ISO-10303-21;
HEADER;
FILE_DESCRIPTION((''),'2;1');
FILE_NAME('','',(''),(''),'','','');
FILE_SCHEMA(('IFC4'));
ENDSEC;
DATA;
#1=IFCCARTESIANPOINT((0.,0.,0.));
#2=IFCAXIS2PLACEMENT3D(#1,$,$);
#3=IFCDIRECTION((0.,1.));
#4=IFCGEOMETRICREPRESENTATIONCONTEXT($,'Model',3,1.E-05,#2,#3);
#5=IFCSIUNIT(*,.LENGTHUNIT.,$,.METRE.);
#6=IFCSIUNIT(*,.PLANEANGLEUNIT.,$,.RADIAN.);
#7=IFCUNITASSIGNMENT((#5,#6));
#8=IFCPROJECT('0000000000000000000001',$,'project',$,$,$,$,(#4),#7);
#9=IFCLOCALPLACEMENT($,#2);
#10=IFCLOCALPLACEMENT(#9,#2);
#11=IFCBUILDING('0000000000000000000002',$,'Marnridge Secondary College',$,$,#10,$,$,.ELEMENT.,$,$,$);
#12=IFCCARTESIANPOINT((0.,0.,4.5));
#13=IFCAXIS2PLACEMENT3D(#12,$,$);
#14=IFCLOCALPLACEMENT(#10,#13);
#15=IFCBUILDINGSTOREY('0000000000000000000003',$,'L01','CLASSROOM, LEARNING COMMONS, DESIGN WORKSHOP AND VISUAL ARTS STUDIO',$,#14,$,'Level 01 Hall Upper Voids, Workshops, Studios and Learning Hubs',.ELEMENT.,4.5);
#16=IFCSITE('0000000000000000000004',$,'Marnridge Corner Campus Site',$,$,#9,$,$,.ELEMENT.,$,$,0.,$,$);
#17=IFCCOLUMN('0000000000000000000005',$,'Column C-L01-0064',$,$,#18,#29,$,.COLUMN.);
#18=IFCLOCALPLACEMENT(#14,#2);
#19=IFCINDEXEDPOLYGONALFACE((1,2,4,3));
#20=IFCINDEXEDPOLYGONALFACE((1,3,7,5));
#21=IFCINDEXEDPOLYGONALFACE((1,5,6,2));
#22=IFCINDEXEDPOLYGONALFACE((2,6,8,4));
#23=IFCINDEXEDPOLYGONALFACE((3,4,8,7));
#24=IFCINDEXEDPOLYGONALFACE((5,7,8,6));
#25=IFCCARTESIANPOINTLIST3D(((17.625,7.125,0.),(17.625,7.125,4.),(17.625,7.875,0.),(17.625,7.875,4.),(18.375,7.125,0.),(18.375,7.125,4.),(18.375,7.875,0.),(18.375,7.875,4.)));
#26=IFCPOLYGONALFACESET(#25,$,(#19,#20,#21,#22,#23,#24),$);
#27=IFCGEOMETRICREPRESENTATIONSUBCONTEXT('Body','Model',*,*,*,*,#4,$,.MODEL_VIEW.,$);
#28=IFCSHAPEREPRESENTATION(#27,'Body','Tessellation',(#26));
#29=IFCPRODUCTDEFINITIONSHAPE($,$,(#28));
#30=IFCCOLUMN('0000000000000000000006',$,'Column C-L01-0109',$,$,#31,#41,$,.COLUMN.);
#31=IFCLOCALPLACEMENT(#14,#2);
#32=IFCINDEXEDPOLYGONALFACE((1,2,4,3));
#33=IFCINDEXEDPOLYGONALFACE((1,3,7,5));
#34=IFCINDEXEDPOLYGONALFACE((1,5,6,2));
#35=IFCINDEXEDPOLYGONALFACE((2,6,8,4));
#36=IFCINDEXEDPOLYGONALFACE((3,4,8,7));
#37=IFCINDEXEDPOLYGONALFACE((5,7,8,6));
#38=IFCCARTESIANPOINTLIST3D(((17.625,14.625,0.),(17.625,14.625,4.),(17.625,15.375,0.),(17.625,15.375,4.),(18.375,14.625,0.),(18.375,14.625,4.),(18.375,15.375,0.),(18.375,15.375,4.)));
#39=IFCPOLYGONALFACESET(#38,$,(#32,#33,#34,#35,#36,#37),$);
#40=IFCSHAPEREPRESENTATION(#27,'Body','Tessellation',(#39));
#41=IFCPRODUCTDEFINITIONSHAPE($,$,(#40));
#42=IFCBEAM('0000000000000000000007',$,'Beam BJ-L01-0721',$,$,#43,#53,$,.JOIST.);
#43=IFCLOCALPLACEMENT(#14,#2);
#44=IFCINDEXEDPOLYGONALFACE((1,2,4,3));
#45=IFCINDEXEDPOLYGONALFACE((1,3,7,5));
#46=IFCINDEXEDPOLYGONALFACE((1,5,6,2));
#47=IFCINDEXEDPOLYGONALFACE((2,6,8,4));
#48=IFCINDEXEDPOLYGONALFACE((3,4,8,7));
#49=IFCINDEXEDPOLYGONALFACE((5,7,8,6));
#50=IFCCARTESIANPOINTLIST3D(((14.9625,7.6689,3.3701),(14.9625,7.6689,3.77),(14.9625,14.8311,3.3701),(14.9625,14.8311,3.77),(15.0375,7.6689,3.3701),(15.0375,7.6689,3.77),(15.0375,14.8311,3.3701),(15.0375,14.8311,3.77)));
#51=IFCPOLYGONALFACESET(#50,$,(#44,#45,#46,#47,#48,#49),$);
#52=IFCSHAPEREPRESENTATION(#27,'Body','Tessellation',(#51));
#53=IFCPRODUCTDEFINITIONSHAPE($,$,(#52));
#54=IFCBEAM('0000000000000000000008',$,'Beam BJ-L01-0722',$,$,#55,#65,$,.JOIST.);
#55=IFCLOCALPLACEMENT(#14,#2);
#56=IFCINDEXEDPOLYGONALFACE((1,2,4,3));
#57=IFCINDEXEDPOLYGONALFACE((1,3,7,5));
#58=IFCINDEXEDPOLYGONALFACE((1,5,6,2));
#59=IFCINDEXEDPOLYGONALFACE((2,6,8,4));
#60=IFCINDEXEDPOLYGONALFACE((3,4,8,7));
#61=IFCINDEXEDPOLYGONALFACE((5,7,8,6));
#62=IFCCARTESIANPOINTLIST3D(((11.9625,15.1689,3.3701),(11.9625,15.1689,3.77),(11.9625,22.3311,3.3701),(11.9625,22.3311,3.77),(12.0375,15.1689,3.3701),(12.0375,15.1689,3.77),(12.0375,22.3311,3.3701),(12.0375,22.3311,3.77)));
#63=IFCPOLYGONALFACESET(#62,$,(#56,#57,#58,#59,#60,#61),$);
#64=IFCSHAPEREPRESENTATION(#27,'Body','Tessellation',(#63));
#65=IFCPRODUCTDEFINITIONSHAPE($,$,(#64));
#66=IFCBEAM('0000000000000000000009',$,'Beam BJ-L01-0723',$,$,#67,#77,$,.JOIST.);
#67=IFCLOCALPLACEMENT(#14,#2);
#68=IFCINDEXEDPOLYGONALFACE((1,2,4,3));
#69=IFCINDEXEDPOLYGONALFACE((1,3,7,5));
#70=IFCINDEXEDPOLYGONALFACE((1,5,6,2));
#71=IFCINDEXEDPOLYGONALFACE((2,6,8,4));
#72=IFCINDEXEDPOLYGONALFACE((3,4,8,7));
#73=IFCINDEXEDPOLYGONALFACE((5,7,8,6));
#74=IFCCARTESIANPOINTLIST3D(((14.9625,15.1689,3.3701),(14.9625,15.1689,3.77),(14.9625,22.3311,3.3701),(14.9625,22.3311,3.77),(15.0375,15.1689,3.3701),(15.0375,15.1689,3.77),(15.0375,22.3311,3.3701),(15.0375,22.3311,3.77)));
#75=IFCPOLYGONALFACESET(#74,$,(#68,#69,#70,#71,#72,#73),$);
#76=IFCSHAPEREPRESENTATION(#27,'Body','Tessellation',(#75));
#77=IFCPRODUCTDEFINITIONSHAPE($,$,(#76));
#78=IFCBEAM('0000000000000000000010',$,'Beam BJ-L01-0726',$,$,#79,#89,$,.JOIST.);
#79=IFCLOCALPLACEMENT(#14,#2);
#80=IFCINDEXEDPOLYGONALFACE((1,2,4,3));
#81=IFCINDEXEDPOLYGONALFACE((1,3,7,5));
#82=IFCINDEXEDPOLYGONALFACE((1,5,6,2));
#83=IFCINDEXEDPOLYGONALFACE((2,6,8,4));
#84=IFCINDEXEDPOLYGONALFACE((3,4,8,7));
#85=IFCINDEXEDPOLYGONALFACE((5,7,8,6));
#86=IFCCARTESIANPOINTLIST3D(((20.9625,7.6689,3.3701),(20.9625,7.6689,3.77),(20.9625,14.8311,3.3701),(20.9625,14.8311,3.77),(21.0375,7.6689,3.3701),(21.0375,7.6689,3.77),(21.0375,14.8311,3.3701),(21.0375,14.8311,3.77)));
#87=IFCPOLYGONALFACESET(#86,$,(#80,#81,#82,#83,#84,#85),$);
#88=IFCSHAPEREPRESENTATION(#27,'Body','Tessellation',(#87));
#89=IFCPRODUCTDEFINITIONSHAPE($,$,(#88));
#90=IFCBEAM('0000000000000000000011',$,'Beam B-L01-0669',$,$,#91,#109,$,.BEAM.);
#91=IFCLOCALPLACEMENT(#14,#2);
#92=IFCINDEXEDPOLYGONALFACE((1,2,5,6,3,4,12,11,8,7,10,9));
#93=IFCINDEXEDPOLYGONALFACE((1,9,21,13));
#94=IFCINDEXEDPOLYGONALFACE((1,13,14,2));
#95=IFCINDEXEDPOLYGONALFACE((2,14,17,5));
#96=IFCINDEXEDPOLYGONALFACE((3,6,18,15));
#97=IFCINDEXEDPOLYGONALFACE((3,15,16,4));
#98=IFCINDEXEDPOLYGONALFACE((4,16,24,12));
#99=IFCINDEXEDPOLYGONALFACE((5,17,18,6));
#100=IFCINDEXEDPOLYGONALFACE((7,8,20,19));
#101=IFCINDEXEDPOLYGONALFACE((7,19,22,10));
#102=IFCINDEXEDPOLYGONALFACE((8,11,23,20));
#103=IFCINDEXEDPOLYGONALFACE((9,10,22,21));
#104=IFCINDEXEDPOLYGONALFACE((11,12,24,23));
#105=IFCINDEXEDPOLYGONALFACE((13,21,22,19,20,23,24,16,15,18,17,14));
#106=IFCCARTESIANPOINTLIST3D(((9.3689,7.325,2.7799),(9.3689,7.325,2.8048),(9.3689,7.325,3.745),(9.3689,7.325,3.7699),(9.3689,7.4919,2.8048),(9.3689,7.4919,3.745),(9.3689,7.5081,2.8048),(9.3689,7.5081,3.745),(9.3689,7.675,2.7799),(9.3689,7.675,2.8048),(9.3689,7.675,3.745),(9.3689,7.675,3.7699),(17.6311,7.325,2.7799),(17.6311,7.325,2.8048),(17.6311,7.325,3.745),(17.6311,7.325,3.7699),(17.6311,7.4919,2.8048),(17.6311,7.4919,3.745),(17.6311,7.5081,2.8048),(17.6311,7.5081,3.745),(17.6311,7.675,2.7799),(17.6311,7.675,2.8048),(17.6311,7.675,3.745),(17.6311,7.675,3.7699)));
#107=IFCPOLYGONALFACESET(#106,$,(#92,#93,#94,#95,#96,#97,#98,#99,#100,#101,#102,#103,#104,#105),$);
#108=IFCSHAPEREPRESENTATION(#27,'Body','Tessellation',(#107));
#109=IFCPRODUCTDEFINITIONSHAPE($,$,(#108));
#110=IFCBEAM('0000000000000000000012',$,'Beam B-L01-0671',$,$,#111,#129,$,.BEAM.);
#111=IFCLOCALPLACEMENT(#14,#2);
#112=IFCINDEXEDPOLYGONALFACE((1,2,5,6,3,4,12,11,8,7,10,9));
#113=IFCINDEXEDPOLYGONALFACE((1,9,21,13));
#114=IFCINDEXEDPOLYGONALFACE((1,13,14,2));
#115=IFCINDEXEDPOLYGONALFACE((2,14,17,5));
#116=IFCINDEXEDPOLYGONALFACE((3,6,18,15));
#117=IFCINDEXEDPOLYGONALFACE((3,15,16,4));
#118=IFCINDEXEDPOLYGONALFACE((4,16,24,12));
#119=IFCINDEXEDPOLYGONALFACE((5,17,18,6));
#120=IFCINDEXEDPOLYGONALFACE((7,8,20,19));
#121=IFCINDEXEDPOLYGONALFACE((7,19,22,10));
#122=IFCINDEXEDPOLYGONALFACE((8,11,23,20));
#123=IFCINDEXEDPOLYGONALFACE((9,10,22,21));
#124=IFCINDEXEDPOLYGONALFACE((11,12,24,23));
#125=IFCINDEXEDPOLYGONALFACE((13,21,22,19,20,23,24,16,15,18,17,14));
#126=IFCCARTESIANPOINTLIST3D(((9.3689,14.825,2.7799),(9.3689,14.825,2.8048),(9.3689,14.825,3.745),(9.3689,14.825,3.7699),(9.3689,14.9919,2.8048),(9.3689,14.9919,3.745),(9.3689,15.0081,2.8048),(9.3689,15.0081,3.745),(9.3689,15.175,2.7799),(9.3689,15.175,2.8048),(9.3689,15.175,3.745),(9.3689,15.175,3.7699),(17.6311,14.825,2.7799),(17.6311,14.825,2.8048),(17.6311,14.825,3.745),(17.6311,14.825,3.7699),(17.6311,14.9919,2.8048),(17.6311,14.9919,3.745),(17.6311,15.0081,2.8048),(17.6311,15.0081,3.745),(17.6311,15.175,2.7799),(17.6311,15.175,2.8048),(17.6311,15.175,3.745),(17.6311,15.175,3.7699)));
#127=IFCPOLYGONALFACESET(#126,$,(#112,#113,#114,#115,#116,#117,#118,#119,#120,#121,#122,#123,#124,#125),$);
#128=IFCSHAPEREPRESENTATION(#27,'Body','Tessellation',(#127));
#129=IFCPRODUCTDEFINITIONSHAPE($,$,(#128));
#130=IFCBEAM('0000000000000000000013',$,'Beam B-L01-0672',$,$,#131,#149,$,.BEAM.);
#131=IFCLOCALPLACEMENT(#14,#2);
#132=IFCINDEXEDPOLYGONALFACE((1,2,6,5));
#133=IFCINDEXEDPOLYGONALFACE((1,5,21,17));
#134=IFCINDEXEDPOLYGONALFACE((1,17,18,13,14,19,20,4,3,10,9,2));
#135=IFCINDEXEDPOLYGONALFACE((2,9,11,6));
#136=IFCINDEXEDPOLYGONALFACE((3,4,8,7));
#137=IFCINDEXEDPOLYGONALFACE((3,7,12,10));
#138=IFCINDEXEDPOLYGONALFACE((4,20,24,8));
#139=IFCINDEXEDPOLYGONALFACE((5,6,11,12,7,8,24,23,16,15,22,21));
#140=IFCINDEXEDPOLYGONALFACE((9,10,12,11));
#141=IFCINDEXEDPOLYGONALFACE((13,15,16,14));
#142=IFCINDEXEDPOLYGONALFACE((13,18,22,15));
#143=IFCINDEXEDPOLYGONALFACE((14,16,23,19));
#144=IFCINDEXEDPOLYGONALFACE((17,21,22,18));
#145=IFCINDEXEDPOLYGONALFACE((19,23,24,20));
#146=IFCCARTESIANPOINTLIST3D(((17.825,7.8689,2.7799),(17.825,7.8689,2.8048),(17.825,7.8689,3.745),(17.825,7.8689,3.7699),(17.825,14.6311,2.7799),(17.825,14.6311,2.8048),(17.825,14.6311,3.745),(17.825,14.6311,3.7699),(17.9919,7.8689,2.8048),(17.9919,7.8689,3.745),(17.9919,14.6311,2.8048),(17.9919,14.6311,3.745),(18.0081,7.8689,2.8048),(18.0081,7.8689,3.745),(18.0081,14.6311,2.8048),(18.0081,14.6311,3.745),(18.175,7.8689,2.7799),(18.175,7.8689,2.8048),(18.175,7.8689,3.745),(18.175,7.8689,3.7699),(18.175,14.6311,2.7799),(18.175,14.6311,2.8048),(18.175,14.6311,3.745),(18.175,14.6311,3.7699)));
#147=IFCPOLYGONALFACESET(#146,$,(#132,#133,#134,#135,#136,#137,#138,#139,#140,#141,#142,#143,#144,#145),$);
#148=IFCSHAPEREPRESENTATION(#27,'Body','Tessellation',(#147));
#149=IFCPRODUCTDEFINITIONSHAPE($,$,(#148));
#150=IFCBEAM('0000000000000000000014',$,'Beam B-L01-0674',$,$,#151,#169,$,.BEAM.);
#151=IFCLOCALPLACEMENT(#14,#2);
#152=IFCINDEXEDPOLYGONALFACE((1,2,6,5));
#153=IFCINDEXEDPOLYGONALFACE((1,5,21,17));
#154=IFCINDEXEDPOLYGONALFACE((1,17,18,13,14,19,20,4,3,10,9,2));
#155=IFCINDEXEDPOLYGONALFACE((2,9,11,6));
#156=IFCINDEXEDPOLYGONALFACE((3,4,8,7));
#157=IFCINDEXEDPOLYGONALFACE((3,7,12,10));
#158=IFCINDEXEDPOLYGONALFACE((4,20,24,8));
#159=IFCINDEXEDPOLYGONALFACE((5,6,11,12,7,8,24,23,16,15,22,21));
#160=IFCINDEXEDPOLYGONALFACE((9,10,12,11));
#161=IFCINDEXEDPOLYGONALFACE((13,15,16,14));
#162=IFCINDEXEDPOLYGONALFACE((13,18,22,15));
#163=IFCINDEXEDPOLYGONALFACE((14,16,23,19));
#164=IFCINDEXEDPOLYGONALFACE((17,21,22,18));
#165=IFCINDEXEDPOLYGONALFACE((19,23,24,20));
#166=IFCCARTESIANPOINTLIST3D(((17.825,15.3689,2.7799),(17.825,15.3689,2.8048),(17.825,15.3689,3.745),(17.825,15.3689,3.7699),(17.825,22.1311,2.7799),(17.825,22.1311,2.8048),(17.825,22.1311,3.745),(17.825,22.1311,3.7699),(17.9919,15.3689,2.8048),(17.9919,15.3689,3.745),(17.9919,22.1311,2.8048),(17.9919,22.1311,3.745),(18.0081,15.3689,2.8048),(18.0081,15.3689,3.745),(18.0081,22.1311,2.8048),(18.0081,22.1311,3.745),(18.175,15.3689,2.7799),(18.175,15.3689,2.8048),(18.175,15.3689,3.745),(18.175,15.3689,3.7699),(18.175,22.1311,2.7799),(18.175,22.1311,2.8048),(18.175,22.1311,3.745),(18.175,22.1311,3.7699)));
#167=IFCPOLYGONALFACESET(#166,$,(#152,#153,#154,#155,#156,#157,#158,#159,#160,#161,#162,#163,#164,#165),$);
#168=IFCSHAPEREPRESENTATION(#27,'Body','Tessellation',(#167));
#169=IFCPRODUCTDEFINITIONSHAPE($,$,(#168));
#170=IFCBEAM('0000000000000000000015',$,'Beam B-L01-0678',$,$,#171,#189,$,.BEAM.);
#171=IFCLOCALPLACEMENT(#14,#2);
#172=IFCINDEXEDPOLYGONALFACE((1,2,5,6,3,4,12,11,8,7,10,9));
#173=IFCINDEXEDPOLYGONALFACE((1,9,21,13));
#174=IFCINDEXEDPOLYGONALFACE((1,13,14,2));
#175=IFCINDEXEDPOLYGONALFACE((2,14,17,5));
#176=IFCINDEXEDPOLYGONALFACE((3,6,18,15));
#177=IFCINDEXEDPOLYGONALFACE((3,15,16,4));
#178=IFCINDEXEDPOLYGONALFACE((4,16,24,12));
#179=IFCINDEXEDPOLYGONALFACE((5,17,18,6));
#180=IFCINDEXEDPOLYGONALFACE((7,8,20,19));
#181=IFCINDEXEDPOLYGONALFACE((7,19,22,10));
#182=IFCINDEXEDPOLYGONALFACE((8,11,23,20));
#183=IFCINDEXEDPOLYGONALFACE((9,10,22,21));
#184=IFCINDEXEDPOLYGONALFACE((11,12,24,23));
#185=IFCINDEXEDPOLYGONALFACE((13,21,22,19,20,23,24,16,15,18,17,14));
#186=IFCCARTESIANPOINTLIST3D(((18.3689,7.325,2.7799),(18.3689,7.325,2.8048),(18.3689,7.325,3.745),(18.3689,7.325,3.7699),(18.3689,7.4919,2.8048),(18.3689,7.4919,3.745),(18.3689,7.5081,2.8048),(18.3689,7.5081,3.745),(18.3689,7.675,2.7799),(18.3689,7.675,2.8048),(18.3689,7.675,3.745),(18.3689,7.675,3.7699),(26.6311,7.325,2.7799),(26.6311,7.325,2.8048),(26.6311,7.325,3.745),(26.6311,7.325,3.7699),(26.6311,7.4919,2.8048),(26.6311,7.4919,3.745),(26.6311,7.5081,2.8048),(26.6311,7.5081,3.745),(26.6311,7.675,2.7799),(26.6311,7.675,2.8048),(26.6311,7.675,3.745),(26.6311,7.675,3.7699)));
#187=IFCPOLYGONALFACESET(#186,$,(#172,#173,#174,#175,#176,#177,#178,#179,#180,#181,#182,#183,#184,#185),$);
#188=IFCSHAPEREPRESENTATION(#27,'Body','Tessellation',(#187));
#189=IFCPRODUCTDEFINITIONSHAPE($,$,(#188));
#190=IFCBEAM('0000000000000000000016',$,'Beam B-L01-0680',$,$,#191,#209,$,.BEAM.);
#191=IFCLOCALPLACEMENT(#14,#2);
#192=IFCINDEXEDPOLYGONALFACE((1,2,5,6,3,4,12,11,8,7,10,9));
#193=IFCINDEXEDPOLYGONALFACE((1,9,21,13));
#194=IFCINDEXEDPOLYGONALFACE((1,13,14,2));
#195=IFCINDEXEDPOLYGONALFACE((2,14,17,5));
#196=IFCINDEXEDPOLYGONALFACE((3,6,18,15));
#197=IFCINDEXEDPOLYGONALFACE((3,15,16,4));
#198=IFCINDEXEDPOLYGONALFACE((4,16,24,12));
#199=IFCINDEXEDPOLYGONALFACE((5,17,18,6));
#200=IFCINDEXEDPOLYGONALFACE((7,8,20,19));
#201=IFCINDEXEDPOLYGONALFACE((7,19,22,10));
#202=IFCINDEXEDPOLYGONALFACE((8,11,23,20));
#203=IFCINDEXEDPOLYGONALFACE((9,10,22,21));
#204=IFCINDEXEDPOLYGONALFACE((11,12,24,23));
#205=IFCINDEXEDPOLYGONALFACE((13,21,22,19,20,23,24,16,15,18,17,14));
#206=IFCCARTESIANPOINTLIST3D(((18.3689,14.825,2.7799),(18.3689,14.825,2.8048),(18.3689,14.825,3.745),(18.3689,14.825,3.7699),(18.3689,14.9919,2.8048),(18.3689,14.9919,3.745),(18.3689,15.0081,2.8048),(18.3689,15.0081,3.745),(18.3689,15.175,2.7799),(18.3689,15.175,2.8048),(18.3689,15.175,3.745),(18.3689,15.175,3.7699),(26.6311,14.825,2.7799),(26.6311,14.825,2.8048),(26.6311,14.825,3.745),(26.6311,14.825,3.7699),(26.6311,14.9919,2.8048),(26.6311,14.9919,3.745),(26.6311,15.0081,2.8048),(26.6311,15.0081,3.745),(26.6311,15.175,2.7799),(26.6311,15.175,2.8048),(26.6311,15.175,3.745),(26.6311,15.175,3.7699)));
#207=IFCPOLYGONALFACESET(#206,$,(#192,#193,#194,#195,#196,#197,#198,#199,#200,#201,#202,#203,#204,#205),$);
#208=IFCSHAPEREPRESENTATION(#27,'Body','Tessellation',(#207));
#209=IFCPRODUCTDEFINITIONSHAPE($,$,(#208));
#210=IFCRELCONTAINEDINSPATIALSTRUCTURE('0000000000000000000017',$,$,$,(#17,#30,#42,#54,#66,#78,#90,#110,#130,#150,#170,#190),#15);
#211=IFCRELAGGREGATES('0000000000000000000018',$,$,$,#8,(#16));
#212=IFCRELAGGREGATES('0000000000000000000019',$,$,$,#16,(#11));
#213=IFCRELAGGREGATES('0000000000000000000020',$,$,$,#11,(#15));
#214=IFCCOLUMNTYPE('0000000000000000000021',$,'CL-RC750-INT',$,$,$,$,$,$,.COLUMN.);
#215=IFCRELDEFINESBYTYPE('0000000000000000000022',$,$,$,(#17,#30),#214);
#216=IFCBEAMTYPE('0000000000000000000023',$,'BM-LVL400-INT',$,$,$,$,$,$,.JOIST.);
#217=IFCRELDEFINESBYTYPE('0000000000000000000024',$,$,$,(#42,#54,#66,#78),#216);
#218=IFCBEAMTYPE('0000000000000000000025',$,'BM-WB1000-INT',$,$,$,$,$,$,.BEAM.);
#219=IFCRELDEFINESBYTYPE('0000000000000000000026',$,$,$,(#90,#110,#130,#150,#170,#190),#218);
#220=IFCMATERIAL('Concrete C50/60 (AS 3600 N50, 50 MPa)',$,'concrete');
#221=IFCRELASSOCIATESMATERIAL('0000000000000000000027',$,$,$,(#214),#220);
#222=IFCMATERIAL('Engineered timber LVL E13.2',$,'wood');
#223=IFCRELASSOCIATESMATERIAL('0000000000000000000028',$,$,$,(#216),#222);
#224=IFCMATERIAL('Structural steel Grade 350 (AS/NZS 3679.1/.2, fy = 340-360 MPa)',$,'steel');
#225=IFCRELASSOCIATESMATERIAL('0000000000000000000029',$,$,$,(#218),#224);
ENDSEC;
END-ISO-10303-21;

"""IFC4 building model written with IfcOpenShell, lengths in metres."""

from ifc_helpers import new_model, si_unit, direction, frame, origin, origin_2d, place, context, subcontext, project, spatial, rectangle, i_section, extrude, material, material_profile, profile_set, type_object, element, save


model = new_model("IFC4")

# Units and contexts
model_context = context("Model", 3, precision=1e-05, world=origin(), true_north=direction((0.0, 1.0)))
body_context = subcontext(model_context, "Body", "Model", "MODEL_VIEW")
ifc_project = project(units=[si_unit("LENGTHUNIT", "METRE"), si_unit("PLANEANGLEUNIT", "RADIAN")], contexts=[model_context])

# Site, building, storey
site_placement = place(None, origin())
site = spatial("IfcSite", under=ifc_project, at=site_placement, Name="Marnridge Corner Campus Site", CompositionType="ELEMENT", RefElevation=0.0)
building_placement = place(site_placement, origin())
building = spatial("IfcBuilding", under=site, at=building_placement, Name="Marnridge Secondary College", CompositionType="ELEMENT")
storey_placement = place(building_placement, frame((0.0, 0.0, 4.5)))
storey = spatial("IfcBuildingStorey", under=building, at=storey_placement, Name="L01", Description="CLASSROOM, LEARNING COMMONS, DESIGN WORKSHOP AND VISUAL ARTS STUDIO", LongName="Level 01 Hall Upper Voids, Workshops, Studios and Learning Hubs", CompositionType="ELEMENT", Elevation=4.5)

# Columns
ifc_material_1 = material(Name="Concrete C50/60 (AS 3600 N50, 50 MPa)", Category="concrete")
ifc_material_profile_1 = material_profile(ifc_material_1, rectangle(XDim=0.75, YDim=0.75, at=origin_2d()), Name="RC 750x750")
ifc_profile_set_1 = profile_set([ifc_material_profile_1], Name="Concrete C50/60 (AS 3600 N50, 50 MPa)")
column_type = type_object("IfcColumnType", Name="CL-RC750-INT", PredefinedType="COLUMN", material=ifc_profile_set_1)
for number, where, z_axis, x_axis, name in (
    (1, (18.0, 7.5, 0.0), (0.0, 0.0, 1.0), (1.0, 0.0, 0.0), "Column C-L01-0064"),
    (2, (18.0, 15.0, 0.0), (0.0, 0.0, 1.0), (1.0, 0.0, 0.0), "Column C-L01-0109"),
):
    element("IfcColumn", number, at=place(storey_placement, frame(where, z_axis=z_axis, x_axis=x_axis)), inside=storey, type_object=column_type, Name=name, PredefinedType="COLUMN", context=body_context, shape_type="SweptSolid", body=[
        extrude(rectangle(XDim=0.75, YDim=0.75, at=origin_2d()), origin(), (0.0, 0.0, 1.0), 4.0),
    ])

# Beams
ifc_material_2 = material(Name="Engineered timber LVL E13.2", Category="wood")
ifc_material_profile_2 = material_profile(ifc_material_2, rectangle(XDim=0.075, YDim=0.3999, at=origin_2d()), Name="LVL 75x400")
ifc_profile_set_2 = profile_set([ifc_material_profile_2], Name="Engineered timber LVL E13.2")
beam_type_1 = type_object("IfcBeamType", Name="BM-LVL400-INT", PredefinedType="JOIST", material=ifc_profile_set_2)
for number, where, z_axis, x_axis, name in (
    (3, (15.0, 7.6689, 3.5701), (0.0, 1.0, 0.0), (-1.0, 0.0, 0.0), "Beam BJ-L01-0721"),
    (4, (12.0, 15.1689, 3.5701), (0.0, 1.0, 0.0), (-1.0, 0.0, 0.0), "Beam BJ-L01-0722"),
    (5, (15.0, 15.1689, 3.5701), (0.0, 1.0, 0.0), (-1.0, 0.0, 0.0), "Beam BJ-L01-0723"),
    (6, (21.0, 7.6689, 3.5701), (0.0, 1.0, 0.0), (-1.0, 0.0, 0.0), "Beam BJ-L01-0726"),
):
    element("IfcBeam", number, at=place(storey_placement, frame(where, z_axis=z_axis, x_axis=x_axis)), inside=storey, type_object=beam_type_1, Name=name, PredefinedType="JOIST", context=body_context, shape_type="SweptSolid", body=[
        extrude(rectangle(XDim=0.075, YDim=0.3999, at=origin_2d()), origin(), (0.0, 0.0, 1.0), 7.1621),
    ])
ifc_material_3 = material(Name="Structural steel Grade 350 (AS/NZS 3679.1/.2, fy = 340-360 MPa)", Category="steel")
ifc_material_profile_3 = material_profile(ifc_material_3, i_section(OverallWidth=0.3501, OverallDepth=0.99, WebThickness=0.0161, FlangeThickness=0.0249, at=origin_2d()), Name="1000WB258")
ifc_profile_set_3 = profile_set([ifc_material_profile_3], Name="Structural steel Grade 350 (AS/NZS 3679.1/.2, fy = 340-360 MPa)")
beam_type_2 = type_object("IfcBeamType", Name="BM-WB1000-INT", PredefinedType="BEAM", material=ifc_profile_set_3)
for number, where, z_axis, x_axis, name in (
    (7, (9.3689, 7.5, 3.2749), (1.0, 0.0, 0.0), (0.0, 1.0, 0.0), "Beam B-L01-0669"),
    (8, (9.3689, 15.0, 3.2749), (1.0, 0.0, 0.0), (0.0, 1.0, 0.0), "Beam B-L01-0671"),
):
    element("IfcBeam", number, at=place(storey_placement, frame(where, z_axis=z_axis, x_axis=x_axis)), inside=storey, type_object=beam_type_2, Name=name, PredefinedType="BEAM", context=body_context, shape_type="SweptSolid", body=[
        extrude(i_section(OverallWidth=0.3501, OverallDepth=0.99, WebThickness=0.0161, FlangeThickness=0.0249, at=origin_2d()), origin(), (0.0, 0.0, 1.0), 8.2622),
    ])
for number, where, z_axis, x_axis, name in (
    (9, (18.0, 7.8689, 3.2749), (0.0, 1.0, 0.0), (-1.0, 0.0, 0.0), "Beam B-L01-0672"),
    (10, (18.0, 15.3689, 3.2749), (0.0, 1.0, 0.0), (-1.0, 0.0, 0.0), "Beam B-L01-0674"),
):
    element("IfcBeam", number, at=place(storey_placement, frame(where, z_axis=z_axis, x_axis=x_axis)), inside=storey, type_object=beam_type_2, Name=name, PredefinedType="BEAM", context=body_context, shape_type="SweptSolid", body=[
        extrude(i_section(OverallWidth=0.3501, OverallDepth=0.99, WebThickness=0.0161, FlangeThickness=0.0249, at=origin_2d()), origin(), (0.0, 0.0, 1.0), 6.7622),
    ])
for number, where, z_axis, x_axis, name in (
    (11, (18.3689, 7.5, 3.2749), (1.0, 0.0, 0.0), (0.0, 1.0, 0.0), "Beam B-L01-0678"),
    (12, (18.3689, 15.0, 3.2749), (1.0, 0.0, 0.0), (0.0, 1.0, 0.0), "Beam B-L01-0680"),
):
    element("IfcBeam", number, at=place(storey_placement, frame(where, z_axis=z_axis, x_axis=x_axis)), inside=storey, type_object=beam_type_2, Name=name, PredefinedType="BEAM", context=body_context, shape_type="SweptSolid", body=[
        extrude(i_section(OverallWidth=0.3501, OverallDepth=0.99, WebThickness=0.0161, FlangeThickness=0.0249, at=origin_2d()), origin(), (0.0, 0.0, 1.0), 8.2622),
    ])

save(model, "model.ifc")
